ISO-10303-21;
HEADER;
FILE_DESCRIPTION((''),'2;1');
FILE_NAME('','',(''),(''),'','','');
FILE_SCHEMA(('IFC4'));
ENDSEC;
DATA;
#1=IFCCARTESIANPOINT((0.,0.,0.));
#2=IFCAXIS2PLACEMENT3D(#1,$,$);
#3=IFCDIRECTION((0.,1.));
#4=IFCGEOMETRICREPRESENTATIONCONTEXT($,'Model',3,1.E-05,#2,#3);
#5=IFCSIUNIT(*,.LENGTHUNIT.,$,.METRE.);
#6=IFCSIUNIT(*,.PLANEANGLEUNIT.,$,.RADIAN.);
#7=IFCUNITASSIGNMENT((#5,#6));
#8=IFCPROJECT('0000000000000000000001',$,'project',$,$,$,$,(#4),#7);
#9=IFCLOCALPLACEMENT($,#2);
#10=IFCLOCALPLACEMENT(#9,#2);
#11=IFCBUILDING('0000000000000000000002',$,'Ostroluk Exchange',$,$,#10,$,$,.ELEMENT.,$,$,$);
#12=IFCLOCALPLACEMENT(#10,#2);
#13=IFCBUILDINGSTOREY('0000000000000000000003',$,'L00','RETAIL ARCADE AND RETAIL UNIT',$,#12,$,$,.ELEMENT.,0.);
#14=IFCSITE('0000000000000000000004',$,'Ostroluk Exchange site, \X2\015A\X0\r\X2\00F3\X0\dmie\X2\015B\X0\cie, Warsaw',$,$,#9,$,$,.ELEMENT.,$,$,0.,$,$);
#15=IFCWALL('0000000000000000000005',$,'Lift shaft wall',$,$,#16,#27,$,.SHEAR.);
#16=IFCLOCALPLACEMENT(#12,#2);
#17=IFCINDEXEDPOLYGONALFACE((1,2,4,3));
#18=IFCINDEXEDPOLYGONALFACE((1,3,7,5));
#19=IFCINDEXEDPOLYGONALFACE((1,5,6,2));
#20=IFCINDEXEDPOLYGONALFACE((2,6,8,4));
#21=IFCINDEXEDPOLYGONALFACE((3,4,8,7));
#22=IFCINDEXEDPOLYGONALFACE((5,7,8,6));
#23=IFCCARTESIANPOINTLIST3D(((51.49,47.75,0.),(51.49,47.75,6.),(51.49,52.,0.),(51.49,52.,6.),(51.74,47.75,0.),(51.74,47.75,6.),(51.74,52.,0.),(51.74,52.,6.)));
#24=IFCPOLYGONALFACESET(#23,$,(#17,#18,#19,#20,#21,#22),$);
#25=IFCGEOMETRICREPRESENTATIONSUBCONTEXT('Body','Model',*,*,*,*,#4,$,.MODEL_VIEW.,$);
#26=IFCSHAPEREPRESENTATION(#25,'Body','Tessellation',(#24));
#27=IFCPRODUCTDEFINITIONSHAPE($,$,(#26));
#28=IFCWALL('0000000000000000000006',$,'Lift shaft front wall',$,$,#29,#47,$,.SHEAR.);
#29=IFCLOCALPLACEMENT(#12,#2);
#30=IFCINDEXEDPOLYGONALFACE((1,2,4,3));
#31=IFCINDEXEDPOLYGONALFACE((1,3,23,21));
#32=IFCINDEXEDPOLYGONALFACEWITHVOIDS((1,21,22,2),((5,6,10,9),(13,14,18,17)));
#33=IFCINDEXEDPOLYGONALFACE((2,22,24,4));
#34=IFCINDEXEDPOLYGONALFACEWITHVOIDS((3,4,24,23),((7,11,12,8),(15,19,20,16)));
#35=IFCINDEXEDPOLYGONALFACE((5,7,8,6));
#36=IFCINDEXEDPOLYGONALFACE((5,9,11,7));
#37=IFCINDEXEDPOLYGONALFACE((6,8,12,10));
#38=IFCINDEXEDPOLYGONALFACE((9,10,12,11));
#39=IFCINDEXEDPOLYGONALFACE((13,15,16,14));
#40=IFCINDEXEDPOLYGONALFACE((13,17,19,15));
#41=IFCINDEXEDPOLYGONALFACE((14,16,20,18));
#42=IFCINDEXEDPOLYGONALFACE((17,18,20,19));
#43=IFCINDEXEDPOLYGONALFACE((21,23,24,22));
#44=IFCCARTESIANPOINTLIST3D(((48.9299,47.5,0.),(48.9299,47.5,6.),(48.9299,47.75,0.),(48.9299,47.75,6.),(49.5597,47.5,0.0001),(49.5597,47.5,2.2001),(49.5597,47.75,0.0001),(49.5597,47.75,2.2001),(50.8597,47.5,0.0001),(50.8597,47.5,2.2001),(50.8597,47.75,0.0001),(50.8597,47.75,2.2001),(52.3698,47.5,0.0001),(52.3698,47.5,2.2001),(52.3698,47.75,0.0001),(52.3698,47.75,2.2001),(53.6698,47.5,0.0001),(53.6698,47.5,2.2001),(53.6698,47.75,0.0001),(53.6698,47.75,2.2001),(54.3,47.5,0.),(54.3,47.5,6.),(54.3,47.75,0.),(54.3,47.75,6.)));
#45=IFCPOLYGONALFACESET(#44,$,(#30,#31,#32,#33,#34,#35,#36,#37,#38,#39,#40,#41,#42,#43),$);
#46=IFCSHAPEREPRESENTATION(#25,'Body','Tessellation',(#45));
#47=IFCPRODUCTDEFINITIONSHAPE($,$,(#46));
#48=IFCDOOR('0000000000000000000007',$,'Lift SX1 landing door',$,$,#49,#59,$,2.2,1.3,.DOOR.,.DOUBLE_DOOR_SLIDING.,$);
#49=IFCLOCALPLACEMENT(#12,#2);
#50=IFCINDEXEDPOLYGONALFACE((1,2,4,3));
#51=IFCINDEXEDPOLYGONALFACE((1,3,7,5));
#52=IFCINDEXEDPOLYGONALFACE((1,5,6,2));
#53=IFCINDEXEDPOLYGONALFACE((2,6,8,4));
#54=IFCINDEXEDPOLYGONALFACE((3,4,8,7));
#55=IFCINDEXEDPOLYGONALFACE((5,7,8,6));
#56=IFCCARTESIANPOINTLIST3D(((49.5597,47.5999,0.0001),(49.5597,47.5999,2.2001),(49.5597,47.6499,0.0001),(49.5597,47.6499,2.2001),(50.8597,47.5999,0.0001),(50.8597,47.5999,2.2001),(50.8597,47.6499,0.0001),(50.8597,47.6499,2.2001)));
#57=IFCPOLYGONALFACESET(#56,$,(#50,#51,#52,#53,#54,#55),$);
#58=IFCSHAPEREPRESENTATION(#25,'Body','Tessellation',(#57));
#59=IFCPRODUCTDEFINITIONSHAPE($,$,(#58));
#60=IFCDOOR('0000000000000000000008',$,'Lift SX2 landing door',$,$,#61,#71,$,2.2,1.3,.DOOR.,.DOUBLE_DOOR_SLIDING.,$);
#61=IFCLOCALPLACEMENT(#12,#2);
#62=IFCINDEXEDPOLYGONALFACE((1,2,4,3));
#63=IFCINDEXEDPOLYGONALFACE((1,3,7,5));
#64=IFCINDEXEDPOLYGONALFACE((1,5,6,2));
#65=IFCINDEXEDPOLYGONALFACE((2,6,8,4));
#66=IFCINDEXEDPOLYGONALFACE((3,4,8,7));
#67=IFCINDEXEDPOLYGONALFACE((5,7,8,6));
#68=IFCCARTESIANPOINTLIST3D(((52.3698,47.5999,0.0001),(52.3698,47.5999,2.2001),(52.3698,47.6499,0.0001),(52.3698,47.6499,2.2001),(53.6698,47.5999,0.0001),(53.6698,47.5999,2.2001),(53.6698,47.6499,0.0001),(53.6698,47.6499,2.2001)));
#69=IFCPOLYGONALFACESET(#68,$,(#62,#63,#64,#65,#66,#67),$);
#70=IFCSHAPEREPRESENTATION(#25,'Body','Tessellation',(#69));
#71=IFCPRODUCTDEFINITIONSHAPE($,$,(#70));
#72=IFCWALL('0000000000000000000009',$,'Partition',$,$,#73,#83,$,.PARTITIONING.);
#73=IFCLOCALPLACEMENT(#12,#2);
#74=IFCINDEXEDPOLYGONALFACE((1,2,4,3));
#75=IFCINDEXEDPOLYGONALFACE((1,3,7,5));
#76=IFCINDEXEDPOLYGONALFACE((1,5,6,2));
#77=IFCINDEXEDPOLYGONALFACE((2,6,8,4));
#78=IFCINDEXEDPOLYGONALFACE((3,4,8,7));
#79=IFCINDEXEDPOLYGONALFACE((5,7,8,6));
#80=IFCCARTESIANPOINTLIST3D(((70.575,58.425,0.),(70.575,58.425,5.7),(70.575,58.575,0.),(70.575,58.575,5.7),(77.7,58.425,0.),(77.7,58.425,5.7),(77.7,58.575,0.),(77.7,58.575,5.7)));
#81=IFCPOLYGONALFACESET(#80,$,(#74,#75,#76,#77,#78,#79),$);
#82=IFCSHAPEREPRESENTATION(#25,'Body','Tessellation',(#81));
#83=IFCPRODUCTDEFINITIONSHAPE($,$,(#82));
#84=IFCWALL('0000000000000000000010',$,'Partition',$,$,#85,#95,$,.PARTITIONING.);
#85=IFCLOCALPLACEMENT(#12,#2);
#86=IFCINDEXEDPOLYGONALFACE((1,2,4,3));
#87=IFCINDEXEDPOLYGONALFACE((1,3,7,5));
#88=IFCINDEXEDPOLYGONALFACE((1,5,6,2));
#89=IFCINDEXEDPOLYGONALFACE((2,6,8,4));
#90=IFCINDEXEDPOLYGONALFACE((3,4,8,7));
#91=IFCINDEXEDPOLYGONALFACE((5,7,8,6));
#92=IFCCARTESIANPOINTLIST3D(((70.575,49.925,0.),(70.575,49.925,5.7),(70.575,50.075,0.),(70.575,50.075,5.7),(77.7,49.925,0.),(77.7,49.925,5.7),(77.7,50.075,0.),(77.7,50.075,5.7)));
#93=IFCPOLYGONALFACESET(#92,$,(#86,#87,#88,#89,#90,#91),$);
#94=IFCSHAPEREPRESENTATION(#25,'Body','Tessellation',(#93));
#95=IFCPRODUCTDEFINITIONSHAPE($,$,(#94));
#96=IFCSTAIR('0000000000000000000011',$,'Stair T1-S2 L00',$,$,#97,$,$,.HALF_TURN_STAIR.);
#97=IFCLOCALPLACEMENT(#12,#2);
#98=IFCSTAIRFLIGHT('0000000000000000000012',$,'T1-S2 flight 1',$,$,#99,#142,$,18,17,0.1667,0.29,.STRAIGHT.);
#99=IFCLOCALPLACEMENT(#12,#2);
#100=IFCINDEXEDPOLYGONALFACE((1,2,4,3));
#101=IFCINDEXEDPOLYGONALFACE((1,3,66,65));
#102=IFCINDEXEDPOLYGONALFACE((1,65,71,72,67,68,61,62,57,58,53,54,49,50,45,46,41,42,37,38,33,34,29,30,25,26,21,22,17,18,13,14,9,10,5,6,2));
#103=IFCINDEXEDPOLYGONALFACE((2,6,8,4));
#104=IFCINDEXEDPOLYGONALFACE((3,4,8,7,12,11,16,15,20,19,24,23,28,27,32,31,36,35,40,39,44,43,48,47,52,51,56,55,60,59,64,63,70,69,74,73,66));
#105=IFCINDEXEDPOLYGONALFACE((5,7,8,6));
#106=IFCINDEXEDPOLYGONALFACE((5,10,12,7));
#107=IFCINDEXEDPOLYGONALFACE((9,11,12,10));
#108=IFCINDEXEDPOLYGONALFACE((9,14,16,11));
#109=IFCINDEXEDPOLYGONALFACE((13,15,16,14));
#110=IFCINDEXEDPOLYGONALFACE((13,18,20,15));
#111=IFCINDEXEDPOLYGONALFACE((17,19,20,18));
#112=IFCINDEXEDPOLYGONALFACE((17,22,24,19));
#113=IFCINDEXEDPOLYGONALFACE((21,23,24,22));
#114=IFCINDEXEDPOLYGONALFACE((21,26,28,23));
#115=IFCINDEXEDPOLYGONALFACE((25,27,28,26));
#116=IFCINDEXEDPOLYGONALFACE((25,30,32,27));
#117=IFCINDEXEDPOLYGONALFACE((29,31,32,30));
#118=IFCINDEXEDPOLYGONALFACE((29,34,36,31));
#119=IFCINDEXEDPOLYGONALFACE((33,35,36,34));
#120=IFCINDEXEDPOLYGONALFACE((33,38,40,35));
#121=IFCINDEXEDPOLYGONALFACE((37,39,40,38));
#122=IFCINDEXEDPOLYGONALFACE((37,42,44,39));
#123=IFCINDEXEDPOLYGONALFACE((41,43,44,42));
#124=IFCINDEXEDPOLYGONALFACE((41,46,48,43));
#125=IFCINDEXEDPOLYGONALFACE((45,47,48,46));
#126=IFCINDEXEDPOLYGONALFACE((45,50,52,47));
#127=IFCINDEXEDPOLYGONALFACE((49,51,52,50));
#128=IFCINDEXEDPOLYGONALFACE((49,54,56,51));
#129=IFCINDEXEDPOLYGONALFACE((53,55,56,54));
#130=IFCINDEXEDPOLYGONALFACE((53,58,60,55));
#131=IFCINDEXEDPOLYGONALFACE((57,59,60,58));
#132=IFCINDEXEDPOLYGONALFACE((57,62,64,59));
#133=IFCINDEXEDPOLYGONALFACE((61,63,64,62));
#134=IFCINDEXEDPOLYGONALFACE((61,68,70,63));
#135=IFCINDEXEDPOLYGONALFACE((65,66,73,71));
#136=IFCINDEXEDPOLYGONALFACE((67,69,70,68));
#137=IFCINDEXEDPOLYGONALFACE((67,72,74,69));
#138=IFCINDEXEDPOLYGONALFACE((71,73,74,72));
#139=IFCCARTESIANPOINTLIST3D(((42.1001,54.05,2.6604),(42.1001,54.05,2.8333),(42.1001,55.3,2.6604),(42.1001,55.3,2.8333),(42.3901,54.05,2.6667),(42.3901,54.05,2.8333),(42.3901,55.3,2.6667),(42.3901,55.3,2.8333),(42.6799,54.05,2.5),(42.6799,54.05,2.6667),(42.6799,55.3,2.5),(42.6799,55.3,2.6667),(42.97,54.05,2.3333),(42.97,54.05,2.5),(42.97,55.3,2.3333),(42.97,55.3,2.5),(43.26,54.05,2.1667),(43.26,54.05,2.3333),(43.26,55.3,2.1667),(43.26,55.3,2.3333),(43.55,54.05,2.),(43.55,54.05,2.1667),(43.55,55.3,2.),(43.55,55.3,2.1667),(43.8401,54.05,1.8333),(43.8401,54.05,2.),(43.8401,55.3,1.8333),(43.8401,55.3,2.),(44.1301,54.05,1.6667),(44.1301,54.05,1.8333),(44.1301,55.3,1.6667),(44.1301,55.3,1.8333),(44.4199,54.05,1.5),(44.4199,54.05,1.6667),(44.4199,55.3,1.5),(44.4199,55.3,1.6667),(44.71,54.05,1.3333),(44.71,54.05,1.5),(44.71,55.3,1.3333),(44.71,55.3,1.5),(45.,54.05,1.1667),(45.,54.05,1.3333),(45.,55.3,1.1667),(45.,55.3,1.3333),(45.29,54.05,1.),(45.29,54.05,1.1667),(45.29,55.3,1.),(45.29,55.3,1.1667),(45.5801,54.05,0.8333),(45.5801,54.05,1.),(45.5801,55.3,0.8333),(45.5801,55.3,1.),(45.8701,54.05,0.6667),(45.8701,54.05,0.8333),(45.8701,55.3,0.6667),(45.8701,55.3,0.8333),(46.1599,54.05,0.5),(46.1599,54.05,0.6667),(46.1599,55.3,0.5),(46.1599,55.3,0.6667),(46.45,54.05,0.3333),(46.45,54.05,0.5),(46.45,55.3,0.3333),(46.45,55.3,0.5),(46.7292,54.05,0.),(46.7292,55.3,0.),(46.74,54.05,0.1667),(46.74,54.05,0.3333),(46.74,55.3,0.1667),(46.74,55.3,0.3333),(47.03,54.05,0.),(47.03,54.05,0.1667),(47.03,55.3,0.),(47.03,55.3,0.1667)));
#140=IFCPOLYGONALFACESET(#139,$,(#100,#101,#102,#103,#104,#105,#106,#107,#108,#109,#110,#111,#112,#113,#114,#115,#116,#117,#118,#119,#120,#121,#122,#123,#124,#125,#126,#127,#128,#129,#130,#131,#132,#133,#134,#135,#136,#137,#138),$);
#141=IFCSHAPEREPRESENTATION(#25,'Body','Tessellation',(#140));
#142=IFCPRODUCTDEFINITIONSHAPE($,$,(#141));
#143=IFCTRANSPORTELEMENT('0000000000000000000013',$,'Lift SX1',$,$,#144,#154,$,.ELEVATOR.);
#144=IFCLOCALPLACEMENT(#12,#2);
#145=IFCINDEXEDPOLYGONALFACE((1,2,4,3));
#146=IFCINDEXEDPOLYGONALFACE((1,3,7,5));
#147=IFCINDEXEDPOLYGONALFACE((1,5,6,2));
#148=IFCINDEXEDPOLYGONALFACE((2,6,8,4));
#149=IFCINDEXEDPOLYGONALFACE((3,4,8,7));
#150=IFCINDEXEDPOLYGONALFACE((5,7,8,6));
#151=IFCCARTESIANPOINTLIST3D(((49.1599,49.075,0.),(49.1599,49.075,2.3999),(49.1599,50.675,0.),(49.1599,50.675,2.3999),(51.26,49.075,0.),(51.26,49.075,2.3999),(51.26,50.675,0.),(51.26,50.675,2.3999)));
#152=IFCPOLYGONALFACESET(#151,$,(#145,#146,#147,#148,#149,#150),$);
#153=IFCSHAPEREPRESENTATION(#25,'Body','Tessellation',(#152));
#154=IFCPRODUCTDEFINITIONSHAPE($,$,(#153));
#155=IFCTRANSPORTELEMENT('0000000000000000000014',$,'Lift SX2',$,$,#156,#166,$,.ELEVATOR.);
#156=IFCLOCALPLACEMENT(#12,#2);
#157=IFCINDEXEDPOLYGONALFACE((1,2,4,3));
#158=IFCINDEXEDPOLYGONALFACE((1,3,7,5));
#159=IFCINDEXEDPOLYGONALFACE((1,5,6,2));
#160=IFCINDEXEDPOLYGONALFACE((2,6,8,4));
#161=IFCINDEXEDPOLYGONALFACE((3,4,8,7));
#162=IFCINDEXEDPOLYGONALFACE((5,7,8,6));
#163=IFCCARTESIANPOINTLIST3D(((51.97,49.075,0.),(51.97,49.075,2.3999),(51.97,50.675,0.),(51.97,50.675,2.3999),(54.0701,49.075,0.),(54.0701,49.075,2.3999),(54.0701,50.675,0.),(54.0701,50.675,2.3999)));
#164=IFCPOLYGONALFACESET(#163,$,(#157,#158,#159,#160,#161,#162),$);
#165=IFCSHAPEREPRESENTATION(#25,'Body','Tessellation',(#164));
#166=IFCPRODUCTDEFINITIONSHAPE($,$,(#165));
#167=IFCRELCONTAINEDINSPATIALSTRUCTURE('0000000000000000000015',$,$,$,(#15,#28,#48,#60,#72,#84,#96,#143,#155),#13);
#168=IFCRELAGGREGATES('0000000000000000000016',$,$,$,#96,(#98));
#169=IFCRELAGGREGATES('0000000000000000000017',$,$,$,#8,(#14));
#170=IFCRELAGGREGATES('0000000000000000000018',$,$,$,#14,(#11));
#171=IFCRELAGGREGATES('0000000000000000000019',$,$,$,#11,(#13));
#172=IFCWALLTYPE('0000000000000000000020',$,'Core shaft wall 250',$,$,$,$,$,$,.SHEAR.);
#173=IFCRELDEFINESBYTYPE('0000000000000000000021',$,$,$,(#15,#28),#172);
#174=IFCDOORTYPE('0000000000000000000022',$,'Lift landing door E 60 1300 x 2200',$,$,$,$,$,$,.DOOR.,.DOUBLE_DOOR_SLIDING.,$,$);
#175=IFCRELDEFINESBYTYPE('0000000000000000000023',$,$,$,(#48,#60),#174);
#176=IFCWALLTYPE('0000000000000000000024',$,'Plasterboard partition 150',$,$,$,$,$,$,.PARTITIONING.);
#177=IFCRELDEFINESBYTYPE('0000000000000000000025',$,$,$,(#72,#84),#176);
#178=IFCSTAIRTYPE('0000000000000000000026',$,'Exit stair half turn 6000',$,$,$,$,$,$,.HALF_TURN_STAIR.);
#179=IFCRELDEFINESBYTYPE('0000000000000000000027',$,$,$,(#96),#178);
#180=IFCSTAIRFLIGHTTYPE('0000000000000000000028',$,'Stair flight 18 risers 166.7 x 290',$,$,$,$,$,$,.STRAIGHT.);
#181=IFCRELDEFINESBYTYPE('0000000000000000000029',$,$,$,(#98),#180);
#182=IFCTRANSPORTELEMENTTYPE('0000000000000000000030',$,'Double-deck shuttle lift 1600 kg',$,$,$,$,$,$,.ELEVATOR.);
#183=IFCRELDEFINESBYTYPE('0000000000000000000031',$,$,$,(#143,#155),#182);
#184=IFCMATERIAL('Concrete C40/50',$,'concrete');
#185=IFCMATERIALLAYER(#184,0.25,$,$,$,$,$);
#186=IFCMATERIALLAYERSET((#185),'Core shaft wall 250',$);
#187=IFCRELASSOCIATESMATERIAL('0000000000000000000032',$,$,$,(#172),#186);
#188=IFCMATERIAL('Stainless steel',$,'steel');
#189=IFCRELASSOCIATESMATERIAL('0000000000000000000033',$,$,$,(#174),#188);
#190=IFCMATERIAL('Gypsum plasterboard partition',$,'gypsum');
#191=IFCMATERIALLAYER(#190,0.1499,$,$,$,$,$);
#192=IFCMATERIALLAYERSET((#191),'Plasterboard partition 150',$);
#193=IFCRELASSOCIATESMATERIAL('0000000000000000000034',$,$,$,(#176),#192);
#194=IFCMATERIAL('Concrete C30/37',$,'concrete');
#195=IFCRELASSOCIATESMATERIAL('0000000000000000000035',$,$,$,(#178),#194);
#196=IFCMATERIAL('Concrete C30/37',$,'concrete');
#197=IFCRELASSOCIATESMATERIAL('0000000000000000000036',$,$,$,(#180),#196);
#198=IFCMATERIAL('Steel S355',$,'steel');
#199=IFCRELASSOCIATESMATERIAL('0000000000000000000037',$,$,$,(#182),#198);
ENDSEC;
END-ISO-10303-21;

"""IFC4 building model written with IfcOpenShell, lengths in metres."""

from ifc_helpers import new_model, si_unit, direction, frame, frame_2d, origin, origin_2d, place, context, subcontext, project, spatial, polyline, rectangle, outline, extrude, material, layer, layer_set, type_object, element, fill, aggregate, save


model = new_model("IFC4")

# Units and contexts
model_context = context("Model", 3, precision=1e-05, world=origin(), true_north=direction((0.0, 1.0)))
body_context = subcontext(model_context, "Body", "Model", "MODEL_VIEW")
ifc_project = project(units=[si_unit("LENGTHUNIT", "METRE"), si_unit("PLANEANGLEUNIT", "RADIAN")], contexts=[model_context])

# Site, building, storey
site_placement = place(None, origin())
site = spatial("IfcSite", under=ifc_project, at=site_placement, Name="Ostroluk Exchange site, Śródmieście, Warsaw", CompositionType="ELEMENT", RefElevation=0.0)
building_placement = place(site_placement, origin())
building = spatial("IfcBuilding", under=site, at=building_placement, Name="Ostroluk Exchange", CompositionType="ELEMENT")
storey_placement = place(building_placement, origin())
storey = spatial("IfcBuildingStorey", under=building, at=storey_placement, Name="L00", Description="RETAIL ARCADE AND RETAIL UNIT", CompositionType="ELEMENT", Elevation=0.0)

# Shared definitions
ifc_material_1 = material(Name="Concrete C40/50", Category="concrete")
ifc_layer_1 = layer(ifc_material_1, 0.25)
ifc_layer_set_1 = layer_set([ifc_layer_1], Name="Core shaft wall 250")
wall_type_1 = type_object("IfcWallType", Name="Core shaft wall 250", PredefinedType="SHEAR", material=ifc_layer_set_1)
ifc_material_2 = material(Name="Stainless steel", Category="steel")
door_type = type_object("IfcDoorType", Name="Lift landing door E 60 1300 x 2200", OperationType="DOUBLE_DOOR_SLIDING", PredefinedType="DOOR", material=ifc_material_2)

# Wall
wall_1_placement = place(storey_placement, frame((51.615, 47.75, 0.0), z_axis=(0.0, 0.0, 1.0), x_axis=(0.0, 1.0, 0.0)))
element("IfcWall", 1, at=wall_1_placement, inside=storey, type_object=wall_type_1, Name="Lift shaft wall", PredefinedType="SHEAR", context=body_context, shape_type="SweptSolid", body=[
    extrude(rectangle(XDim=4.25, YDim=0.25, at=frame_2d((2.125, 0.0))), origin(), (0.0, 0.0, 1.0), 6.0),
])

# Wall, openings, doors
wall_2_placement = place(storey_placement, frame((48.9299, 47.625, 0.0), z_axis=(0.0, 0.0, 1.0), x_axis=(1.0, 0.0, 0.0)))
wall_2 = element("IfcWall", 2, at=wall_2_placement, inside=storey, type_object=wall_type_1, Name="Lift shaft front wall", PredefinedType="SHEAR", context=body_context, shape_type="SweptSolid", body=[
    extrude(rectangle(XDim=5.3701, YDim=0.25, at=frame_2d((2.6851, 0.0))), origin(), (0.0, 0.0, 1.0), 6.0),
])
opening_1_placement = place(wall_2_placement, frame((0.6299, 0.0, 0.0)))
opening_1 = element("IfcOpeningElement", 3, at=opening_1_placement, cuts=wall_2, PredefinedType="OPENING", context=body_context, shape_type="SweptSolid", body=[
    extrude(rectangle(XDim=1.3, YDim=2.2, at=frame_2d((0.6499, 1.1001))), frame((0.0, 0.135, 0.0), z_axis=(0.0, -1.0, 0.0), x_axis=(1.0, 0.0, 0.0)), (0.0, 0.0, 1.0), 0.27),
])
opening_2_placement = place(wall_2_placement, frame((3.4399, 0.0, 0.0)))
opening_2 = element("IfcOpeningElement", 4, at=opening_2_placement, cuts=wall_2, PredefinedType="OPENING", context=body_context, shape_type="SweptSolid", body=[
    extrude(rectangle(XDim=1.3, YDim=2.2, at=frame_2d((0.6499, 1.1001))), frame((0.0, 0.135, 0.0), z_axis=(0.0, -1.0, 0.0), x_axis=(1.0, 0.0, 0.0)), (0.0, 0.0, 1.0), 0.27),
])
door_1_placement = place(opening_1_placement, origin())
door_1 = element("IfcDoor", 5, at=door_1_placement, inside=storey, type_object=door_type, Name="Lift SX1 landing door", OperationType="DOUBLE_DOOR_SLIDING", OverallHeight=2.2, OverallWidth=1.3, PredefinedType="DOOR", context=body_context, shape_type="SweptSolid", body=[
    extrude(rectangle(XDim=1.3, YDim=2.2, at=frame_2d((0.6499, 1.1001))), frame((0.0, 0.0249, 0.0), z_axis=(0.0, -1.0, 0.0), x_axis=(1.0, 0.0, 0.0)), (0.0, 0.0, 1.0), 0.05),
])
fill(opening_1, door_1)
door_2_placement = place(opening_2_placement, origin())
door_2 = element("IfcDoor", 6, at=door_2_placement, inside=storey, type_object=door_type, Name="Lift SX2 landing door", OperationType="DOUBLE_DOOR_SLIDING", OverallHeight=2.2, OverallWidth=1.3, PredefinedType="DOOR", context=body_context, shape_type="SweptSolid", body=[
    extrude(rectangle(XDim=1.3, YDim=2.2, at=frame_2d((0.6499, 1.1001))), frame((0.0, 0.0249, 0.0), z_axis=(0.0, -1.0, 0.0), x_axis=(1.0, 0.0, 0.0)), (0.0, 0.0, 1.0), 0.05),
])
fill(opening_2, door_2)

# Walls
ifc_material_3 = material(Name="Gypsum plasterboard partition", Category="gypsum")
ifc_layer_2 = layer(ifc_material_3, 0.1499)
ifc_layer_set_2 = layer_set([ifc_layer_2], Name="Plasterboard partition 150")
wall_type_2 = type_object("IfcWallType", Name="Plasterboard partition 150", PredefinedType="PARTITIONING", material=ifc_layer_set_2)
for number, where, z_axis, x_axis, name in (
    (7, (70.575, 58.5, 0.0), (0.0, 0.0, 1.0), (1.0, 0.0, 0.0), "Partition"),
    (8, (70.575, 50.0, 0.0), (0.0, 0.0, 1.0), (1.0, 0.0, 0.0), "Partition"),
):
    element("IfcWall", number, at=place(storey_placement, frame(where, z_axis=z_axis, x_axis=x_axis)), inside=storey, type_object=wall_type_2, Name=name, PredefinedType="PARTITIONING", context=body_context, shape_type="SweptSolid", body=[
        extrude(rectangle(XDim=7.125, YDim=0.1499, at=frame_2d((3.5625, 0.0))), origin(), (0.0, 0.0, 1.0), 5.7),
    ])

# Stair, stair flight
ifc_material_4 = material(Name="Concrete C30/37", Category="concrete")
stair_type = type_object("IfcStairType", Name="Exit stair half turn 6000", PredefinedType="HALF_TURN_STAIR", material=ifc_material_4)
stair_placement = place(storey_placement, origin())
stair = element("IfcStair", 9, at=stair_placement, inside=storey, type_object=stair_type, Name="Stair T1-S2 L00", PredefinedType="HALF_TURN_STAIR")
ifc_material_5 = material(Name="Concrete C30/37", Category="concrete")
stair_flight_type = type_object("IfcStairFlightType", Name="Stair flight 18 risers 166.7 x 290", PredefinedType="STRAIGHT", material=ifc_material_5)
stair_flight_placement = place(storey_placement, frame((47.03, 54.675, 0.0), z_axis=(0.0, 0.0, 1.0), x_axis=(-1.0, 0.0, 0.0)))
stair_flight = element("IfcStairFlight", 10, at=stair_flight_placement, type_object=stair_flight_type, Name="T1-S2 flight 1", NumberOfRisers=18, NumberOfTreads=17, PredefinedType="STRAIGHT", RiserHeight=0.1667, TreadLength=0.29, context=body_context, shape_type="SweptSolid", body=[
    extrude(outline(polyline([(0.0, 0.0), (0.0, 0.1667), (0.29, 0.1667), (0.29, 0.3333), (0.5801, 0.3333), (0.5801, 0.5), (0.8701, 0.5), (0.8701, 0.6667), (1.1599, 0.6667), (1.1599, 0.8333), (1.45, 0.8333), (1.45, 1.0), (1.74, 1.0), (1.74, 1.1667), (2.03, 1.1667), (2.03, 1.3333), (2.3201, 1.3333), (2.3201, 1.5), (2.6101, 1.5), (2.6101, 1.6667), (2.8999, 1.6667), (2.8999, 1.8333), (3.1899, 1.8333), (3.1899, 2.0), (3.48, 2.0), (3.48, 2.1667), (3.77, 2.1667), (3.77, 2.3333), (4.0601, 2.3333), (4.0601, 2.5), (4.3501, 2.5), (4.3501, 2.6667), (4.6399, 2.6667), (4.6399, 2.8333), (4.9299, 2.8333), (4.9299, 3.0), (4.9299, 2.6604), (0.3008, 0.0), (0.0, 0.0)])), frame((0.0, 0.625, 0.0), z_axis=(0.0, -1.0, 0.0), x_axis=(1.0, 0.0, 0.0)), (0.0, 0.0, 1.0), 1.25),
])
aggregate(stair, [stair_flight])

# Transport elements
ifc_material_6 = material(Name="Steel S355", Category="steel")
transport_element_type = type_object("IfcTransportElementType", Name="Double-deck shuttle lift 1600 kg", PredefinedType="ELEVATOR", material=ifc_material_6)
for number, where, z_axis, x_axis, name in (
    (11, (50.21, 49.875, 0.0), (0.0, 0.0, 1.0), (1.0, 0.0, 0.0), "Lift SX1"),
    (12, (53.02, 49.875, 0.0), (0.0, 0.0, 1.0), (1.0, 0.0, 0.0), "Lift SX2"),
):
    element("IfcTransportElement", number, at=place(storey_placement, frame(where, z_axis=z_axis, x_axis=x_axis)), inside=storey, type_object=transport_element_type, Name=name, PredefinedType="ELEVATOR", context=body_context, shape_type="SweptSolid", body=[
        extrude(rectangle(XDim=2.1001, YDim=1.6001, at=origin_2d()), origin(), (0.0, 0.0, 1.0), 2.3999),
    ])

save(model, "model.ifc")
